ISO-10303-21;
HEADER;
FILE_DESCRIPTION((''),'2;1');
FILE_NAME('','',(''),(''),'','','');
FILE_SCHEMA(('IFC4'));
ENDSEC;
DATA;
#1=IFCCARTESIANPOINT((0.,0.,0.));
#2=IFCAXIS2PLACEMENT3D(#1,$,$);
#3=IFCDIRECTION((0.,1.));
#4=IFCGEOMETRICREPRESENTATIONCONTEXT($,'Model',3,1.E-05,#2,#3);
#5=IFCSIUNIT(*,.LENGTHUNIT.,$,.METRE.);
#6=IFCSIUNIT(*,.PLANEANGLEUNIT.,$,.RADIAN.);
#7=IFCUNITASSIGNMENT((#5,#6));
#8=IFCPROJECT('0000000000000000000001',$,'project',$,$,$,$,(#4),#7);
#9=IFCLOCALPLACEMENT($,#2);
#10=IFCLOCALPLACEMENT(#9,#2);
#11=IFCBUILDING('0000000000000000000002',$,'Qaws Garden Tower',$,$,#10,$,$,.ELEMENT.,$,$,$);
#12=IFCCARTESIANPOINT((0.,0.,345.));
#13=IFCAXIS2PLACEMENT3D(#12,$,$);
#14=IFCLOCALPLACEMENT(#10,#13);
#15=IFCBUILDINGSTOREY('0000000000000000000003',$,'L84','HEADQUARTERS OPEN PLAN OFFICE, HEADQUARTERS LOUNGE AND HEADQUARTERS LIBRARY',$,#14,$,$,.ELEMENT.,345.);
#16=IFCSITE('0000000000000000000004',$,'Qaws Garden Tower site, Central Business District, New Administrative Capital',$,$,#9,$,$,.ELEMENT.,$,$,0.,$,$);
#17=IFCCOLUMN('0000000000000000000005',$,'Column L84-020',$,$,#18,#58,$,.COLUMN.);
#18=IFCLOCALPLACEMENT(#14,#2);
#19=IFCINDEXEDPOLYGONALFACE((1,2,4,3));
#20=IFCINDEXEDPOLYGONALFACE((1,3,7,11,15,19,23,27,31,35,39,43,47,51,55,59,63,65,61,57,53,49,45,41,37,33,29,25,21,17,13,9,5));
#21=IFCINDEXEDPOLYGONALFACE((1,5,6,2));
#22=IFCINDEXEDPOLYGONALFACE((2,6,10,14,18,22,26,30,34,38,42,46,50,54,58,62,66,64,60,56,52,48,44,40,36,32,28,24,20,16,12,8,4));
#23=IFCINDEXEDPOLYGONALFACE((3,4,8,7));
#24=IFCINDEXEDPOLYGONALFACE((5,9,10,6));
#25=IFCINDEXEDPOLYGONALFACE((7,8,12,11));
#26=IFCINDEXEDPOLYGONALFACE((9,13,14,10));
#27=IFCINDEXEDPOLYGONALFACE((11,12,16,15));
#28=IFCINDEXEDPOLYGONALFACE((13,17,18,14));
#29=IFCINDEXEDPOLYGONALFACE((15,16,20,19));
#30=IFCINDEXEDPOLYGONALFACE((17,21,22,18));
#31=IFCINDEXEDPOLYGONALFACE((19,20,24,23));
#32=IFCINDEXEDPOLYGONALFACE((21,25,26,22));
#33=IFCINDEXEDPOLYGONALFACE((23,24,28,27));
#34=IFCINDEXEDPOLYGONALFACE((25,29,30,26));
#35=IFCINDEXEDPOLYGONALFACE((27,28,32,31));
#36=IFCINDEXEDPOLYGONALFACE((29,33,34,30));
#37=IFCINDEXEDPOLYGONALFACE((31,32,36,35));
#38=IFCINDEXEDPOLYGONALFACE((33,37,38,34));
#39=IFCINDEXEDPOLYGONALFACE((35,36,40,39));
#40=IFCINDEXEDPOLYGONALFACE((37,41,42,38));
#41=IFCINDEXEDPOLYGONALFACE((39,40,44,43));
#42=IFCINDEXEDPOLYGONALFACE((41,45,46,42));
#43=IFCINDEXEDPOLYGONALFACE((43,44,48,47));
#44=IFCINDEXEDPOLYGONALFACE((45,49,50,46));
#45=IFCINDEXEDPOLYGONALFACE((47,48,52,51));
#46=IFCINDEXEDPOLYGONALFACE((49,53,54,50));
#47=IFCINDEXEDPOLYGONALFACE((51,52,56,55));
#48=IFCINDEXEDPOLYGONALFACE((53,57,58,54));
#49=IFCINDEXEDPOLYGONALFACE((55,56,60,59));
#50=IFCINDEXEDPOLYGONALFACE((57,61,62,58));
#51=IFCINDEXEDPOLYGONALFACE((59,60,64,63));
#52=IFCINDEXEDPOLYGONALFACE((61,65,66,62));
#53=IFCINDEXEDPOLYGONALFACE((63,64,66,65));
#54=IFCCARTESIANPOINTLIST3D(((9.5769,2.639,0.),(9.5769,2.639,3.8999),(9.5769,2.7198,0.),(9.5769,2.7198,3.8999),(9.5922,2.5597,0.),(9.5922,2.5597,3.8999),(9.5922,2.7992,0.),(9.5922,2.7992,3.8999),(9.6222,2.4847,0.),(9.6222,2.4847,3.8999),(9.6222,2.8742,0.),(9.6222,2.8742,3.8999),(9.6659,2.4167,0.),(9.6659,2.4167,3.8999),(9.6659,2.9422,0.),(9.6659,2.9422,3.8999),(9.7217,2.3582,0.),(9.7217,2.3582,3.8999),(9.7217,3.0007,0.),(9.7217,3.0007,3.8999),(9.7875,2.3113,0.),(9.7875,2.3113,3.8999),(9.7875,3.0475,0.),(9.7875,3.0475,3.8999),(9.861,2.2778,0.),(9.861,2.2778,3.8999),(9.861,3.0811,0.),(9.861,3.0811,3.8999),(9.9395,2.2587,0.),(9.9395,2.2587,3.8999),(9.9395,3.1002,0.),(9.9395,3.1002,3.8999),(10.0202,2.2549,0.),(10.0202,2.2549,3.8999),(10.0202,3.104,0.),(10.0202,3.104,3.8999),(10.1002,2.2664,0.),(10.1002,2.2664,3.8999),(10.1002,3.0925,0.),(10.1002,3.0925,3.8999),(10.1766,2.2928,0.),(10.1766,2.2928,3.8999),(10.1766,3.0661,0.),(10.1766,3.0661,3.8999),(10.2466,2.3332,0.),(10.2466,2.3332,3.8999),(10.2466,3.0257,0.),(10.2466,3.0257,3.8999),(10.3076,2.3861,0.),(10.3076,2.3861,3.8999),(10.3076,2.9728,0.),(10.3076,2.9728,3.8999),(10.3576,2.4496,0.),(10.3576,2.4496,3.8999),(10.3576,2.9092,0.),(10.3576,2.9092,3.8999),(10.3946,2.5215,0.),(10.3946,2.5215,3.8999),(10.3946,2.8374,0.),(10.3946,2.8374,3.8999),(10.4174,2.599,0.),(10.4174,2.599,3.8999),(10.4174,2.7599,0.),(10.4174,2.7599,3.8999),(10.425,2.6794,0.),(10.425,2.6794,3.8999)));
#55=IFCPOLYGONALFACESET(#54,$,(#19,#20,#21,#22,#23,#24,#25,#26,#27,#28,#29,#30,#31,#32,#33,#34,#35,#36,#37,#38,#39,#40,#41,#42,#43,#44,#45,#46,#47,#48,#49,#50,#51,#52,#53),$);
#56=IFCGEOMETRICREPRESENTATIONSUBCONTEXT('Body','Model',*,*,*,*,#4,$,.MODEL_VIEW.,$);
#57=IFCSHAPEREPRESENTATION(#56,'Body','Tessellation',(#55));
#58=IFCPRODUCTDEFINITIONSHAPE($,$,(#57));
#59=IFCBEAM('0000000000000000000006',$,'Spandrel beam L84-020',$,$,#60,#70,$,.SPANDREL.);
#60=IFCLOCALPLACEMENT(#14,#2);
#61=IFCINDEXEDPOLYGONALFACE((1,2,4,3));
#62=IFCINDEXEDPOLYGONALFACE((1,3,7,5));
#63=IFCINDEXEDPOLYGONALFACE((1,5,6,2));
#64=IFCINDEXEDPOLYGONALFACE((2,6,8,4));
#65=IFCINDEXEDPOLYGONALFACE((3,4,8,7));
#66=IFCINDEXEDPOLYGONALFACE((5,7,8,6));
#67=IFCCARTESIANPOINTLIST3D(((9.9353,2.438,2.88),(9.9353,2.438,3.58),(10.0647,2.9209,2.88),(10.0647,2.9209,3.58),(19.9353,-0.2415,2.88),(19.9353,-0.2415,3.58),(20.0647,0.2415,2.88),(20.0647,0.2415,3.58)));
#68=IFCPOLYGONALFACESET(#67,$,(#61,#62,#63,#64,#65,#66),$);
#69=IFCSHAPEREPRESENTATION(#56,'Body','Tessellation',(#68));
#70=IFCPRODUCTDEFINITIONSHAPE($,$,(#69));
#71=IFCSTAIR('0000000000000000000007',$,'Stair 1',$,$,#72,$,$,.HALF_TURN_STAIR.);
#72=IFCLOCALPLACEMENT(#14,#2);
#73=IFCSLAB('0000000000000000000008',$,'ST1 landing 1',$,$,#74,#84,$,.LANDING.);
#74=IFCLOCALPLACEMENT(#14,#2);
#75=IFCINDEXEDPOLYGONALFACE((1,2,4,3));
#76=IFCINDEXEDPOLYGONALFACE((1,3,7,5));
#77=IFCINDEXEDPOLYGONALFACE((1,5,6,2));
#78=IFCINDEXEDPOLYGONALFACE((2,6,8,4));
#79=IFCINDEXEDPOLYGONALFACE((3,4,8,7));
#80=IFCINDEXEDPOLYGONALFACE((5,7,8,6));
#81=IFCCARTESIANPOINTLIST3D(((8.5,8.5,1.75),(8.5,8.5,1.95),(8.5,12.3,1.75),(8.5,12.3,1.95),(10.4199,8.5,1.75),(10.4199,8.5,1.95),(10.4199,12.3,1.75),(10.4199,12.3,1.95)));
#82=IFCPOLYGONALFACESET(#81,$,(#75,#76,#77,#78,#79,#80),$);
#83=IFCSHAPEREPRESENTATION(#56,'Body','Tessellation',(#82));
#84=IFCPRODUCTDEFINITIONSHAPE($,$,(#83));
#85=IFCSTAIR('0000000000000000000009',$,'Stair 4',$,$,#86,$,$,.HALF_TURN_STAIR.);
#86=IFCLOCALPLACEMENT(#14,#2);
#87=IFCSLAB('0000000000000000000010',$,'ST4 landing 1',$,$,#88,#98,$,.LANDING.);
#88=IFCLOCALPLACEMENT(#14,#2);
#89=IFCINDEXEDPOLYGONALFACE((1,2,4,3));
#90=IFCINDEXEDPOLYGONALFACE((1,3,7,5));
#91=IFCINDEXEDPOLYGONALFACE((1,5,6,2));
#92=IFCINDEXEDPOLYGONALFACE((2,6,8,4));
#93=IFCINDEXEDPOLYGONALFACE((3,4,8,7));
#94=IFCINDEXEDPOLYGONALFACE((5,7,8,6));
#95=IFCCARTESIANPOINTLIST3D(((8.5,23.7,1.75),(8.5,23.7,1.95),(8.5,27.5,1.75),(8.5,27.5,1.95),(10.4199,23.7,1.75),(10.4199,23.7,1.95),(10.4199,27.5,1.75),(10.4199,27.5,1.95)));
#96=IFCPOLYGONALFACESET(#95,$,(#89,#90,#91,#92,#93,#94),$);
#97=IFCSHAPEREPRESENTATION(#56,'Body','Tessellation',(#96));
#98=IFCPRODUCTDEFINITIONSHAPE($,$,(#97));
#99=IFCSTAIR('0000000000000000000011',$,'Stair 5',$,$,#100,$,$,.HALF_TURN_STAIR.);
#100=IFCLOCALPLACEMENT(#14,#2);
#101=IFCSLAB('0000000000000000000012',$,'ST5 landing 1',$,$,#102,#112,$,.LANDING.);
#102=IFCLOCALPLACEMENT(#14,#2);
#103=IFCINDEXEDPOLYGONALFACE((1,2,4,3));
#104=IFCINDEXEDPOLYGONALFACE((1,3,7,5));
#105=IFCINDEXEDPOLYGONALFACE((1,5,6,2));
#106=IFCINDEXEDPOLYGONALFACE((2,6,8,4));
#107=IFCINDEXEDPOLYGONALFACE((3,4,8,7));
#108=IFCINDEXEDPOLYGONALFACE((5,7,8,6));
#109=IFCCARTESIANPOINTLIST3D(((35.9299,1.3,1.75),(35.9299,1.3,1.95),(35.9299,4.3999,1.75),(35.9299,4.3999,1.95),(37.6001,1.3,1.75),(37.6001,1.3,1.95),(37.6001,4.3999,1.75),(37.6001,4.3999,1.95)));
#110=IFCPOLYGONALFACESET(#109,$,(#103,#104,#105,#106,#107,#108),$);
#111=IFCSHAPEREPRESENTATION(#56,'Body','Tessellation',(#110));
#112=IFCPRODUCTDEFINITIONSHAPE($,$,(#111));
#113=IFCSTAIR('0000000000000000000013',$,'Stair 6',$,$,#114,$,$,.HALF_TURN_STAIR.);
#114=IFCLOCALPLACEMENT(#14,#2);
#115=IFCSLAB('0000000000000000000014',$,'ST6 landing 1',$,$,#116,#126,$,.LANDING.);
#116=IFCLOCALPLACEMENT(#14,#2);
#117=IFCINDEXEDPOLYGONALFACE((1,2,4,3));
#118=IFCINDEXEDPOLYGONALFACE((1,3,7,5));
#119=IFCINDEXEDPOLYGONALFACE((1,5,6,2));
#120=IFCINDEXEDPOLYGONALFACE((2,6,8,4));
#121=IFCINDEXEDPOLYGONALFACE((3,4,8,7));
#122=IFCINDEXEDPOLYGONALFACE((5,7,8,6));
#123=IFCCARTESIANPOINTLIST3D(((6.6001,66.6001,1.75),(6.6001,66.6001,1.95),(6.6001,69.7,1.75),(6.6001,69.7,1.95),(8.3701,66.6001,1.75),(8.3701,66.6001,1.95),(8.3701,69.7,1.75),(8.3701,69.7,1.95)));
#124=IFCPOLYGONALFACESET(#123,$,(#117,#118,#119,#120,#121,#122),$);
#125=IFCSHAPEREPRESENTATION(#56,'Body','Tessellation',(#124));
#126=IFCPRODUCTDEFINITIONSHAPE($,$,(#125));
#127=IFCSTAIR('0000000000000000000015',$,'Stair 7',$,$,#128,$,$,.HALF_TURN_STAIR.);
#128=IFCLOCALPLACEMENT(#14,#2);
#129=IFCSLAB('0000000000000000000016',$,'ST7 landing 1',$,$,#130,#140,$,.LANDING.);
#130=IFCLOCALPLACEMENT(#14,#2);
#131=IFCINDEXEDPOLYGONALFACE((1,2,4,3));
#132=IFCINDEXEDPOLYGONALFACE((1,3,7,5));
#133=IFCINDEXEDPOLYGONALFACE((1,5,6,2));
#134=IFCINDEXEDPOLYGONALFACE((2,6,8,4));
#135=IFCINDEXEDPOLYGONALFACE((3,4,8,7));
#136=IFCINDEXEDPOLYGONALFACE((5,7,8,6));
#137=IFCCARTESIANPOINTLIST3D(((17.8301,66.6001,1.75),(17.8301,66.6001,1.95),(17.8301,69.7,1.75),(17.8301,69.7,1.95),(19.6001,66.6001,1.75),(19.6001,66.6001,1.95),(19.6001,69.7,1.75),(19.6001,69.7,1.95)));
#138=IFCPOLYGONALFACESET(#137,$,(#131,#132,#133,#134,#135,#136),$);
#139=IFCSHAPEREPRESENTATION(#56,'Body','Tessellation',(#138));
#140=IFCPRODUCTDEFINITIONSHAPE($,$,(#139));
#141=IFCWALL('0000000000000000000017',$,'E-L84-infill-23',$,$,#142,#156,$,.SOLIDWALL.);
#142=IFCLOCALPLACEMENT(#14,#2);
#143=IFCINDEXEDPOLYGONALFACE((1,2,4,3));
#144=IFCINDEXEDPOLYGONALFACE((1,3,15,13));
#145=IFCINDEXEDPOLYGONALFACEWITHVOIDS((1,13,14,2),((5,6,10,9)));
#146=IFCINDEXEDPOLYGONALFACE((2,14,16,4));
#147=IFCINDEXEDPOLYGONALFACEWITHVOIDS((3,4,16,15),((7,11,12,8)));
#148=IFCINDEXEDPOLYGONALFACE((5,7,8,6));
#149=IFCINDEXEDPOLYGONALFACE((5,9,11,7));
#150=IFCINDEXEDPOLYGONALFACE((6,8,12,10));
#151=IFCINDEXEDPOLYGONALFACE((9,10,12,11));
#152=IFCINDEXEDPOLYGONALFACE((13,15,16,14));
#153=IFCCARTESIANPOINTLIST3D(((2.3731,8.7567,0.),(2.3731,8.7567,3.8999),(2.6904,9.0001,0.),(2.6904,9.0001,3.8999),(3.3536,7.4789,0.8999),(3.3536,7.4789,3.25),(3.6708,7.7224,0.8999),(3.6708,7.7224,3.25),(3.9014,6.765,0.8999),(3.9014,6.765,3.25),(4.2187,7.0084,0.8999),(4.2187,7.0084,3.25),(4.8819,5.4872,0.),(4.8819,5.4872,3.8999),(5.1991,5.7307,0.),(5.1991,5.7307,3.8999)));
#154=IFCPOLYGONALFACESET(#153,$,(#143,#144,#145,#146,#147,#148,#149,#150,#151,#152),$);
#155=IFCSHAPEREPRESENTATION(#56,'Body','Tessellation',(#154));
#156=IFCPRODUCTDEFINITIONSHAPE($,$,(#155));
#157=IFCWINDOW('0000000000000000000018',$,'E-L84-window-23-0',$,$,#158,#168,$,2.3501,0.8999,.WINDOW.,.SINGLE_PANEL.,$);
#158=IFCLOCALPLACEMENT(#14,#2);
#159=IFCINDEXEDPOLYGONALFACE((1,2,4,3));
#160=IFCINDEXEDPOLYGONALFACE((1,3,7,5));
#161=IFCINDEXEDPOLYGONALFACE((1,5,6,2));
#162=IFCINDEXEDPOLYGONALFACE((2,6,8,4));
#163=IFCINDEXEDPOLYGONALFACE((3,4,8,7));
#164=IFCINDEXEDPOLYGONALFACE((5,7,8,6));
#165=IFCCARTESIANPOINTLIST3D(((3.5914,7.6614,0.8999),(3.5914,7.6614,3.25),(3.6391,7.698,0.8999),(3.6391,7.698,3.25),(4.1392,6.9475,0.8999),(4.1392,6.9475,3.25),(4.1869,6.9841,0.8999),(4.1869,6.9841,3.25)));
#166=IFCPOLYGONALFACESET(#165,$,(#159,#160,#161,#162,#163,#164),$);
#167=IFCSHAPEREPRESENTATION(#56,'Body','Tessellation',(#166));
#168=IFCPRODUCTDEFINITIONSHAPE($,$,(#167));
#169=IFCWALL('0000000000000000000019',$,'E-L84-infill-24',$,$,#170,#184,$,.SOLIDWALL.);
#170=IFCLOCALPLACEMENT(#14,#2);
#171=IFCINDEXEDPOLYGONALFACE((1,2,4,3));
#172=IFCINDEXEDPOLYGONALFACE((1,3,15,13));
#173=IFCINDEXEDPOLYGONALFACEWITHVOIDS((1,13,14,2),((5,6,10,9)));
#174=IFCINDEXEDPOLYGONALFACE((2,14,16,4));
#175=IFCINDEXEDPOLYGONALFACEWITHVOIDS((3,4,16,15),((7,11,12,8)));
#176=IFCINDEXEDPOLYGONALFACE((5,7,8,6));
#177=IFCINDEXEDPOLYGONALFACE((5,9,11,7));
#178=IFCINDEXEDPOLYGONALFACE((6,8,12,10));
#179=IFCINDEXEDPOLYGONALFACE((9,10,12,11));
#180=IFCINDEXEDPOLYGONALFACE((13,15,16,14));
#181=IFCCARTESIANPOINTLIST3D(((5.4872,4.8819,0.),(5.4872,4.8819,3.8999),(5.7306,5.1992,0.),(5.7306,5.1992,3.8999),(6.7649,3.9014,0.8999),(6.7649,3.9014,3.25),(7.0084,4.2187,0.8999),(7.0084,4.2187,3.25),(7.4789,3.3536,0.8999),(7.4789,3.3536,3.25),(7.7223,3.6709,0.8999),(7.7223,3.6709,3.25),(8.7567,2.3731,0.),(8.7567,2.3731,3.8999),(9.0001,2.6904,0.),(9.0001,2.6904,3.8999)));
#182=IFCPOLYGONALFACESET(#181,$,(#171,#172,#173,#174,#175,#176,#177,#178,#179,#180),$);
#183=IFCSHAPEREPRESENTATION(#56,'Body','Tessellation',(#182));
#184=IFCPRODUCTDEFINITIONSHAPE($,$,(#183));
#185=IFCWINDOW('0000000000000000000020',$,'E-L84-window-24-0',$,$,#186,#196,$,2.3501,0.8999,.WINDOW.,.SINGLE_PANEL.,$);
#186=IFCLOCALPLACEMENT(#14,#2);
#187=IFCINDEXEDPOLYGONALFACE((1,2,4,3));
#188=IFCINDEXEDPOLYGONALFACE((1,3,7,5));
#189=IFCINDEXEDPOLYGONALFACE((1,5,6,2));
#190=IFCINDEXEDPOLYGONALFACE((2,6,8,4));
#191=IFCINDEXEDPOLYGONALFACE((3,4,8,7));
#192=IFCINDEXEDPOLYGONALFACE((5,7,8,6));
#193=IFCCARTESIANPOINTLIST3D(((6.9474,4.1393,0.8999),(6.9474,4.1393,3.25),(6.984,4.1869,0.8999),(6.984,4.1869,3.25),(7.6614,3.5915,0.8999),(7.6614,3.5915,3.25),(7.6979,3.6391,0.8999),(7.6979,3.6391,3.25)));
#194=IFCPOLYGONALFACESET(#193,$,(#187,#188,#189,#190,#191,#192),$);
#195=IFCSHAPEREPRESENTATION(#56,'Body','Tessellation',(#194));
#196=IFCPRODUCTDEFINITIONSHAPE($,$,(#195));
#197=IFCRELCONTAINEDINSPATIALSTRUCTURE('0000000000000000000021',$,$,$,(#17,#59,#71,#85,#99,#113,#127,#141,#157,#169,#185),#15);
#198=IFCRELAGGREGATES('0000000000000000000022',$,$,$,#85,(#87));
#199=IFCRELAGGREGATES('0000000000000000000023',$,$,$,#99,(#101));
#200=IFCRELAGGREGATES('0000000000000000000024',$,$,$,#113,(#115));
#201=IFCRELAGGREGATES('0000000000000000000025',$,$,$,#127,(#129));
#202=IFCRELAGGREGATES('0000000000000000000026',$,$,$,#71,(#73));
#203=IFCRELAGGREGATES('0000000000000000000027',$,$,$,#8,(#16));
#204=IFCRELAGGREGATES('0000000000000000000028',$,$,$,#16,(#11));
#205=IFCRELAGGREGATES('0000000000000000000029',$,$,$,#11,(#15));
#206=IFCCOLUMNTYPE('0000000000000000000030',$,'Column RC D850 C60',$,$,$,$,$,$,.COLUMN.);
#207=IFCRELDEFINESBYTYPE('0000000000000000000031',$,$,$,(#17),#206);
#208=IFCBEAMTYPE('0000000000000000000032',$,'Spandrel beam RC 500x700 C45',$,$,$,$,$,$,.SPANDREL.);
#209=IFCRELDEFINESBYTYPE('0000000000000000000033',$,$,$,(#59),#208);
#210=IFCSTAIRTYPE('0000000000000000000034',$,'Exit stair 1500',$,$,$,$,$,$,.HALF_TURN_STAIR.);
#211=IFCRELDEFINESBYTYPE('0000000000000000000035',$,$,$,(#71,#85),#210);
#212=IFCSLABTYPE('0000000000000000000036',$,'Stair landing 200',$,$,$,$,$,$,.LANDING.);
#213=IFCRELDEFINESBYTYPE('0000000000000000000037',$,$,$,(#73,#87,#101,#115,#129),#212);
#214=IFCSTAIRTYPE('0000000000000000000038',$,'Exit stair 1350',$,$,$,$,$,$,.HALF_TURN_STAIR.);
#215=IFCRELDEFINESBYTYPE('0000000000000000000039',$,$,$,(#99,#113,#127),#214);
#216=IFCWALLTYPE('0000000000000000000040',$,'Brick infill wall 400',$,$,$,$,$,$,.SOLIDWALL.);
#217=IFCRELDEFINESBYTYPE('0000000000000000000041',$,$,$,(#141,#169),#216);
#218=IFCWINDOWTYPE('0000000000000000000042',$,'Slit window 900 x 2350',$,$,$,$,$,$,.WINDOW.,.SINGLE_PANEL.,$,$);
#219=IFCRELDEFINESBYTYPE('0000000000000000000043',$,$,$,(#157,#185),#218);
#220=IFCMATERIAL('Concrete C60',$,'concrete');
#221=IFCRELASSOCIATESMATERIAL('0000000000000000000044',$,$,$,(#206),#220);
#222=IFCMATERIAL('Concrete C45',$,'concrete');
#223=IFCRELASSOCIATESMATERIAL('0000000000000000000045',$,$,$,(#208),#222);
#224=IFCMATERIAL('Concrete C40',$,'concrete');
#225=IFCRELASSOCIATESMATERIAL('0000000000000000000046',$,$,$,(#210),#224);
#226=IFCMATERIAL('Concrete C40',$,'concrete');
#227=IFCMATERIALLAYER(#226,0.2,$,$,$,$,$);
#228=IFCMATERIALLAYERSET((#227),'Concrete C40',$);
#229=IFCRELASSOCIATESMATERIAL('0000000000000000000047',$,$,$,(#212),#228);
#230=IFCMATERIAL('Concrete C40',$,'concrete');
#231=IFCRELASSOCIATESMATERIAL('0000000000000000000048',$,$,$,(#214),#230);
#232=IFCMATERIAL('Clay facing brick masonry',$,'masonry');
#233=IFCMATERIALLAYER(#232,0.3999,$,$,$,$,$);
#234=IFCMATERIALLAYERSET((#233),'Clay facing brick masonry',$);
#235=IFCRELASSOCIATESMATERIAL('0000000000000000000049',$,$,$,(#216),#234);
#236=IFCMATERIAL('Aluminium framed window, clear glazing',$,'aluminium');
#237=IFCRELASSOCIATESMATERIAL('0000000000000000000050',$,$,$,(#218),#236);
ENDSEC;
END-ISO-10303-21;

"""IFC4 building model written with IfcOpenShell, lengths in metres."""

from ifc_helpers import new_model, si_unit, direction, frame, frame_2d, origin, origin_2d, place, context, subcontext, project, spatial, polyline, rectangle, circle, outline, extrude, material, layer, layer_set, material_profile, profile_set, type_object, element, fill, aggregate, save


model = new_model("IFC4")

# Units and contexts
model_context = context("Model", 3, precision=1e-05, world=origin(), true_north=direction((0.0, 1.0)))
body_context = subcontext(model_context, "Body", "Model", "MODEL_VIEW")
ifc_project = project(units=[si_unit("LENGTHUNIT", "METRE"), si_unit("PLANEANGLEUNIT", "RADIAN")], contexts=[model_context])

# Site, building, storey
site_placement = place(None, origin())
site = spatial("IfcSite", under=ifc_project, at=site_placement, Name="Qaws Garden Tower site, Central Business District, New Administrative Capital", CompositionType="ELEMENT", RefElevation=0.0)
building_placement = place(site_placement, origin())
building = spatial("IfcBuilding", under=site, at=building_placement, Name="Qaws Garden Tower", CompositionType="ELEMENT")
storey_placement = place(building_placement, frame((0.0, 0.0, 345.0)))
storey = spatial("IfcBuildingStorey", under=building, at=storey_placement, Name="L84", Description="HEADQUARTERS OPEN PLAN OFFICE, HEADQUARTERS LOUNGE AND HEADQUARTERS LIBRARY", CompositionType="ELEMENT", Elevation=345.0)

# Column
ifc_material_1 = material(Name="Concrete C60", Category="concrete")
ifc_material_profile_1 = material_profile(ifc_material_1, circle(Radius=0.425, at=origin_2d()), Name="RC D850")
ifc_profile_set_1 = profile_set([ifc_material_profile_1], Name="Concrete C60")
column_type = type_object("IfcColumnType", Name="Column RC D850 C60", PredefinedType="COLUMN", material=ifc_profile_set_1)
column_placement = place(storey_placement, frame((10.0, 2.6794, 0.0), z_axis=(0.0, 0.0, 1.0), x_axis=(1.0, 0.0, 0.0)))
element("IfcColumn", 1, at=column_placement, inside=storey, type_object=column_type, Name="Column L84-020", PredefinedType="COLUMN", context=body_context, shape_type="SweptSolid", body=[
    extrude(circle(Radius=0.425, at=origin_2d()), origin(), (0.0, 0.0, 1.0), 3.8999),
])

# Beam
ifc_material_2 = material(Name="Concrete C45", Category="concrete")
ifc_material_profile_2 = material_profile(ifc_material_2, rectangle(XDim=0.5, YDim=0.7, at=origin_2d()), Name="RC 500x700")
ifc_profile_set_2 = profile_set([ifc_material_profile_2], Name="Concrete C45")
beam_type = type_object("IfcBeamType", Name="Spandrel beam RC 500x700 C45", PredefinedType="SPANDREL", material=ifc_profile_set_2)
beam_placement = place(storey_placement, frame((10.0, 2.6794, 3.23), z_axis=(0.965927, -0.258815, 0.0), x_axis=(0.258815, 0.965927, 0.0)))
element("IfcBeam", 2, at=beam_placement, inside=storey, type_object=beam_type, Name="Spandrel beam L84-020", PredefinedType="SPANDREL", context=body_context, shape_type="SweptSolid", body=[
    extrude(rectangle(XDim=0.5, YDim=0.7, at=origin_2d()), origin(), (0.0, 0.0, 1.0), 10.3528),
])

# Stairs, slabs
ifc_material_3 = material(Name="Concrete C40", Category="concrete")
stair_type_1 = type_object("IfcStairType", Name="Exit stair 1500", PredefinedType="HALF_TURN_STAIR", material=ifc_material_3)
placement_1 = place(storey_placement, origin())
stair_1 = element("IfcStair", 3, at=placement_1, inside=storey, type_object=stair_type_1, Name="Stair 1", PredefinedType="HALF_TURN_STAIR")
ifc_material_4 = material(Name="Concrete C40", Category="concrete")
ifc_layer_1 = layer(ifc_material_4, 0.2)
ifc_layer_set_1 = layer_set([ifc_layer_1], Name="Concrete C40")
slab_type = type_object("IfcSlabType", Name="Stair landing 200", PredefinedType="LANDING", material=ifc_layer_set_1)
placement_2 = place(storey_placement, frame((0.0, 0.0, 1.75)))
slab_1 = element("IfcSlab", 4, at=placement_2, type_object=slab_type, Name="ST1 landing 1", PredefinedType="LANDING", context=body_context, shape_type="SweptSolid", body=[
    extrude(outline(polyline([(8.5, 8.5), (10.4199, 8.5), (10.4199, 12.3), (8.5, 12.3), (8.5, 8.5)])), origin(), (0.0, 0.0, 1.0), 0.2),
])
stair_2 = element("IfcStair", 5, at=placement_1, inside=storey, type_object=stair_type_1, Name="Stair 4", PredefinedType="HALF_TURN_STAIR")
slab_2 = element("IfcSlab", 6, at=placement_2, type_object=slab_type, Name="ST4 landing 1", PredefinedType="LANDING", context=body_context, shape_type="SweptSolid", body=[
    extrude(outline(polyline([(8.5, 23.7), (10.4199, 23.7), (10.4199, 27.5), (8.5, 27.5), (8.5, 23.7)])), origin(), (0.0, 0.0, 1.0), 0.2),
])
aggregate(stair_2, [slab_2])
ifc_material_5 = material(Name="Concrete C40", Category="concrete")
stair_type_2 = type_object("IfcStairType", Name="Exit stair 1350", PredefinedType="HALF_TURN_STAIR", material=ifc_material_5)
stair_3 = element("IfcStair", 7, at=placement_1, inside=storey, type_object=stair_type_2, Name="Stair 5", PredefinedType="HALF_TURN_STAIR")
slab_3 = element("IfcSlab", 8, at=placement_2, type_object=slab_type, Name="ST5 landing 1", PredefinedType="LANDING", context=body_context, shape_type="SweptSolid", body=[
    extrude(outline(polyline([(35.9299, 1.3), (37.6001, 1.3), (37.6001, 4.3999), (35.9299, 4.3999), (35.9299, 1.3)])), origin(), (0.0, 0.0, 1.0), 0.2),
])
aggregate(stair_3, [slab_3])
stair_4 = element("IfcStair", 9, at=placement_1, inside=storey, type_object=stair_type_2, Name="Stair 6", PredefinedType="HALF_TURN_STAIR")
slab_4 = element("IfcSlab", 10, at=placement_2, type_object=slab_type, Name="ST6 landing 1", PredefinedType="LANDING", context=body_context, shape_type="SweptSolid", body=[
    extrude(outline(polyline([(6.6001, 66.6001), (8.3701, 66.6001), (8.3701, 69.7), (6.6001, 69.7), (6.6001, 66.6001)])), origin(), (0.0, 0.0, 1.0), 0.2),
])
aggregate(stair_4, [slab_4])
stair_5 = element("IfcStair", 11, at=placement_1, inside=storey, type_object=stair_type_2, Name="Stair 7", PredefinedType="HALF_TURN_STAIR")
slab_5 = element("IfcSlab", 12, at=placement_2, type_object=slab_type, Name="ST7 landing 1", PredefinedType="LANDING", context=body_context, shape_type="SweptSolid", body=[
    extrude(outline(polyline([(17.8301, 66.6001), (19.6001, 66.6001), (19.6001, 69.7), (17.8301, 69.7), (17.8301, 66.6001)])), origin(), (0.0, 0.0, 1.0), 0.2),
])
aggregate(stair_5, [slab_5])

# Walls, openings, windows
ifc_material_6 = material(Name="Clay facing brick masonry", Category="masonry")
ifc_layer_2 = layer(ifc_material_6, 0.3999)
ifc_layer_set_2 = layer_set([ifc_layer_2], Name="Clay facing brick masonry")
wall_type_1 = type_object("IfcWallType", Name="Brick infill wall 400", PredefinedType="SOLIDWALL", material=ifc_layer_set_2)
wall_1_placement = place(storey_placement, frame((2.5317, 8.8784, 0.0), z_axis=(0.0, 0.0, 1.0), x_axis=(0.60876, -0.793355, 0.0)))
wall_1 = element("IfcWall", 13, at=wall_1_placement, inside=storey, type_object=wall_type_1, Name="E-L84-infill-23", PredefinedType="SOLIDWALL", context=body_context, shape_type="SweptSolid", body=[
    extrude(rectangle(XDim=4.1211, YDim=0.3999, at=frame_2d((2.0605, 0.0))), origin(), (0.0, 0.0, 1.0), 3.8999),
])
opening_1_placement = place(wall_1_placement, frame((1.6106, 0.0, 0.8999)))
opening_1 = element("IfcOpeningElement", 14, at=opening_1_placement, cuts=wall_1, PredefinedType="OPENING", context=body_context, shape_type="SweptSolid", body=[
    extrude(rectangle(XDim=0.8999, YDim=2.3501, at=frame_2d((0.45, 1.175))), frame((0.0, 0.21, 0.0), z_axis=(0.0, -1.0, 0.0), x_axis=(1.0, 0.0, 0.0)), (0.0, 0.0, 1.0), 0.4199),
])
ifc_material_7 = material(Name="Aluminium framed window, clear glazing", Category="aluminium")
window_type = type_object("IfcWindowType", Name="Slit window 900 x 2350", PartitioningType="SINGLE_PANEL", PredefinedType="WINDOW", material=ifc_material_7)
window_1_placement = place(opening_1_placement, origin())
window_1 = element("IfcWindow", 15, at=window_1_placement, inside=storey, type_object=window_type, Name="E-L84-window-23-0", OverallHeight=2.3501, OverallWidth=0.8999, PartitioningType="SINGLE_PANEL", PredefinedType="WINDOW", context=body_context, shape_type="SweptSolid", body=[
    extrude(rectangle(XDim=0.8999, YDim=2.3501, at=frame_2d((0.45, 1.175))), frame((0.0, 0.1599, 0.0), z_axis=(0.0, -1.0, 0.0), x_axis=(1.0, 0.0, 0.0)), (0.0, 0.0, 1.0), 0.0601),
])
fill(opening_1, window_1)
wall_2_placement = place(storey_placement, frame((5.6089, 5.0405, 0.0), z_axis=(0.0, 0.0, 1.0), x_axis=(0.793355, -0.60876, 0.0)))
wall_2 = element("IfcWall", 16, at=wall_2_placement, inside=storey, type_object=wall_type_1, Name="E-L84-infill-24", PredefinedType="SOLIDWALL", context=body_context, shape_type="SweptSolid", body=[
    extrude(rectangle(XDim=4.1211, YDim=0.3999, at=frame_2d((2.0605, 0.0))), origin(), (0.0, 0.0, 1.0), 3.8999),
])
opening_2_placement = place(wall_2_placement, frame((1.6106, 0.0, 0.8999)))
opening_2 = element("IfcOpeningElement", 17, at=opening_2_placement, cuts=wall_2, PredefinedType="OPENING", context=body_context, shape_type="SweptSolid", body=[
    extrude(rectangle(XDim=0.8999, YDim=2.3501, at=frame_2d((0.45, 1.175))), frame((0.0, 0.21, 0.0), z_axis=(0.0, -1.0, 0.0), x_axis=(1.0, 0.0, 0.0)), (0.0, 0.0, 1.0), 0.4199),
])
window_2_placement = place(opening_2_placement, origin())
window_2 = element("IfcWindow", 18, at=window_2_placement, inside=storey, type_object=window_type, Name="E-L84-window-24-0", OverallHeight=2.3501, OverallWidth=0.8999, PartitioningType="SINGLE_PANEL", PredefinedType="WINDOW", context=body_context, shape_type="SweptSolid", body=[
    extrude(rectangle(XDim=0.8999, YDim=2.3501, at=frame_2d((0.45, 1.175))), frame((0.0, 0.1599, 0.0), z_axis=(0.0, -1.0, 0.0), x_axis=(1.0, 0.0, 0.0)), (0.0, 0.0, 1.0), 0.0601),
])
fill(opening_2, window_2)

aggregate(stair_1, [slab_1])

save(model, "model.ifc")
